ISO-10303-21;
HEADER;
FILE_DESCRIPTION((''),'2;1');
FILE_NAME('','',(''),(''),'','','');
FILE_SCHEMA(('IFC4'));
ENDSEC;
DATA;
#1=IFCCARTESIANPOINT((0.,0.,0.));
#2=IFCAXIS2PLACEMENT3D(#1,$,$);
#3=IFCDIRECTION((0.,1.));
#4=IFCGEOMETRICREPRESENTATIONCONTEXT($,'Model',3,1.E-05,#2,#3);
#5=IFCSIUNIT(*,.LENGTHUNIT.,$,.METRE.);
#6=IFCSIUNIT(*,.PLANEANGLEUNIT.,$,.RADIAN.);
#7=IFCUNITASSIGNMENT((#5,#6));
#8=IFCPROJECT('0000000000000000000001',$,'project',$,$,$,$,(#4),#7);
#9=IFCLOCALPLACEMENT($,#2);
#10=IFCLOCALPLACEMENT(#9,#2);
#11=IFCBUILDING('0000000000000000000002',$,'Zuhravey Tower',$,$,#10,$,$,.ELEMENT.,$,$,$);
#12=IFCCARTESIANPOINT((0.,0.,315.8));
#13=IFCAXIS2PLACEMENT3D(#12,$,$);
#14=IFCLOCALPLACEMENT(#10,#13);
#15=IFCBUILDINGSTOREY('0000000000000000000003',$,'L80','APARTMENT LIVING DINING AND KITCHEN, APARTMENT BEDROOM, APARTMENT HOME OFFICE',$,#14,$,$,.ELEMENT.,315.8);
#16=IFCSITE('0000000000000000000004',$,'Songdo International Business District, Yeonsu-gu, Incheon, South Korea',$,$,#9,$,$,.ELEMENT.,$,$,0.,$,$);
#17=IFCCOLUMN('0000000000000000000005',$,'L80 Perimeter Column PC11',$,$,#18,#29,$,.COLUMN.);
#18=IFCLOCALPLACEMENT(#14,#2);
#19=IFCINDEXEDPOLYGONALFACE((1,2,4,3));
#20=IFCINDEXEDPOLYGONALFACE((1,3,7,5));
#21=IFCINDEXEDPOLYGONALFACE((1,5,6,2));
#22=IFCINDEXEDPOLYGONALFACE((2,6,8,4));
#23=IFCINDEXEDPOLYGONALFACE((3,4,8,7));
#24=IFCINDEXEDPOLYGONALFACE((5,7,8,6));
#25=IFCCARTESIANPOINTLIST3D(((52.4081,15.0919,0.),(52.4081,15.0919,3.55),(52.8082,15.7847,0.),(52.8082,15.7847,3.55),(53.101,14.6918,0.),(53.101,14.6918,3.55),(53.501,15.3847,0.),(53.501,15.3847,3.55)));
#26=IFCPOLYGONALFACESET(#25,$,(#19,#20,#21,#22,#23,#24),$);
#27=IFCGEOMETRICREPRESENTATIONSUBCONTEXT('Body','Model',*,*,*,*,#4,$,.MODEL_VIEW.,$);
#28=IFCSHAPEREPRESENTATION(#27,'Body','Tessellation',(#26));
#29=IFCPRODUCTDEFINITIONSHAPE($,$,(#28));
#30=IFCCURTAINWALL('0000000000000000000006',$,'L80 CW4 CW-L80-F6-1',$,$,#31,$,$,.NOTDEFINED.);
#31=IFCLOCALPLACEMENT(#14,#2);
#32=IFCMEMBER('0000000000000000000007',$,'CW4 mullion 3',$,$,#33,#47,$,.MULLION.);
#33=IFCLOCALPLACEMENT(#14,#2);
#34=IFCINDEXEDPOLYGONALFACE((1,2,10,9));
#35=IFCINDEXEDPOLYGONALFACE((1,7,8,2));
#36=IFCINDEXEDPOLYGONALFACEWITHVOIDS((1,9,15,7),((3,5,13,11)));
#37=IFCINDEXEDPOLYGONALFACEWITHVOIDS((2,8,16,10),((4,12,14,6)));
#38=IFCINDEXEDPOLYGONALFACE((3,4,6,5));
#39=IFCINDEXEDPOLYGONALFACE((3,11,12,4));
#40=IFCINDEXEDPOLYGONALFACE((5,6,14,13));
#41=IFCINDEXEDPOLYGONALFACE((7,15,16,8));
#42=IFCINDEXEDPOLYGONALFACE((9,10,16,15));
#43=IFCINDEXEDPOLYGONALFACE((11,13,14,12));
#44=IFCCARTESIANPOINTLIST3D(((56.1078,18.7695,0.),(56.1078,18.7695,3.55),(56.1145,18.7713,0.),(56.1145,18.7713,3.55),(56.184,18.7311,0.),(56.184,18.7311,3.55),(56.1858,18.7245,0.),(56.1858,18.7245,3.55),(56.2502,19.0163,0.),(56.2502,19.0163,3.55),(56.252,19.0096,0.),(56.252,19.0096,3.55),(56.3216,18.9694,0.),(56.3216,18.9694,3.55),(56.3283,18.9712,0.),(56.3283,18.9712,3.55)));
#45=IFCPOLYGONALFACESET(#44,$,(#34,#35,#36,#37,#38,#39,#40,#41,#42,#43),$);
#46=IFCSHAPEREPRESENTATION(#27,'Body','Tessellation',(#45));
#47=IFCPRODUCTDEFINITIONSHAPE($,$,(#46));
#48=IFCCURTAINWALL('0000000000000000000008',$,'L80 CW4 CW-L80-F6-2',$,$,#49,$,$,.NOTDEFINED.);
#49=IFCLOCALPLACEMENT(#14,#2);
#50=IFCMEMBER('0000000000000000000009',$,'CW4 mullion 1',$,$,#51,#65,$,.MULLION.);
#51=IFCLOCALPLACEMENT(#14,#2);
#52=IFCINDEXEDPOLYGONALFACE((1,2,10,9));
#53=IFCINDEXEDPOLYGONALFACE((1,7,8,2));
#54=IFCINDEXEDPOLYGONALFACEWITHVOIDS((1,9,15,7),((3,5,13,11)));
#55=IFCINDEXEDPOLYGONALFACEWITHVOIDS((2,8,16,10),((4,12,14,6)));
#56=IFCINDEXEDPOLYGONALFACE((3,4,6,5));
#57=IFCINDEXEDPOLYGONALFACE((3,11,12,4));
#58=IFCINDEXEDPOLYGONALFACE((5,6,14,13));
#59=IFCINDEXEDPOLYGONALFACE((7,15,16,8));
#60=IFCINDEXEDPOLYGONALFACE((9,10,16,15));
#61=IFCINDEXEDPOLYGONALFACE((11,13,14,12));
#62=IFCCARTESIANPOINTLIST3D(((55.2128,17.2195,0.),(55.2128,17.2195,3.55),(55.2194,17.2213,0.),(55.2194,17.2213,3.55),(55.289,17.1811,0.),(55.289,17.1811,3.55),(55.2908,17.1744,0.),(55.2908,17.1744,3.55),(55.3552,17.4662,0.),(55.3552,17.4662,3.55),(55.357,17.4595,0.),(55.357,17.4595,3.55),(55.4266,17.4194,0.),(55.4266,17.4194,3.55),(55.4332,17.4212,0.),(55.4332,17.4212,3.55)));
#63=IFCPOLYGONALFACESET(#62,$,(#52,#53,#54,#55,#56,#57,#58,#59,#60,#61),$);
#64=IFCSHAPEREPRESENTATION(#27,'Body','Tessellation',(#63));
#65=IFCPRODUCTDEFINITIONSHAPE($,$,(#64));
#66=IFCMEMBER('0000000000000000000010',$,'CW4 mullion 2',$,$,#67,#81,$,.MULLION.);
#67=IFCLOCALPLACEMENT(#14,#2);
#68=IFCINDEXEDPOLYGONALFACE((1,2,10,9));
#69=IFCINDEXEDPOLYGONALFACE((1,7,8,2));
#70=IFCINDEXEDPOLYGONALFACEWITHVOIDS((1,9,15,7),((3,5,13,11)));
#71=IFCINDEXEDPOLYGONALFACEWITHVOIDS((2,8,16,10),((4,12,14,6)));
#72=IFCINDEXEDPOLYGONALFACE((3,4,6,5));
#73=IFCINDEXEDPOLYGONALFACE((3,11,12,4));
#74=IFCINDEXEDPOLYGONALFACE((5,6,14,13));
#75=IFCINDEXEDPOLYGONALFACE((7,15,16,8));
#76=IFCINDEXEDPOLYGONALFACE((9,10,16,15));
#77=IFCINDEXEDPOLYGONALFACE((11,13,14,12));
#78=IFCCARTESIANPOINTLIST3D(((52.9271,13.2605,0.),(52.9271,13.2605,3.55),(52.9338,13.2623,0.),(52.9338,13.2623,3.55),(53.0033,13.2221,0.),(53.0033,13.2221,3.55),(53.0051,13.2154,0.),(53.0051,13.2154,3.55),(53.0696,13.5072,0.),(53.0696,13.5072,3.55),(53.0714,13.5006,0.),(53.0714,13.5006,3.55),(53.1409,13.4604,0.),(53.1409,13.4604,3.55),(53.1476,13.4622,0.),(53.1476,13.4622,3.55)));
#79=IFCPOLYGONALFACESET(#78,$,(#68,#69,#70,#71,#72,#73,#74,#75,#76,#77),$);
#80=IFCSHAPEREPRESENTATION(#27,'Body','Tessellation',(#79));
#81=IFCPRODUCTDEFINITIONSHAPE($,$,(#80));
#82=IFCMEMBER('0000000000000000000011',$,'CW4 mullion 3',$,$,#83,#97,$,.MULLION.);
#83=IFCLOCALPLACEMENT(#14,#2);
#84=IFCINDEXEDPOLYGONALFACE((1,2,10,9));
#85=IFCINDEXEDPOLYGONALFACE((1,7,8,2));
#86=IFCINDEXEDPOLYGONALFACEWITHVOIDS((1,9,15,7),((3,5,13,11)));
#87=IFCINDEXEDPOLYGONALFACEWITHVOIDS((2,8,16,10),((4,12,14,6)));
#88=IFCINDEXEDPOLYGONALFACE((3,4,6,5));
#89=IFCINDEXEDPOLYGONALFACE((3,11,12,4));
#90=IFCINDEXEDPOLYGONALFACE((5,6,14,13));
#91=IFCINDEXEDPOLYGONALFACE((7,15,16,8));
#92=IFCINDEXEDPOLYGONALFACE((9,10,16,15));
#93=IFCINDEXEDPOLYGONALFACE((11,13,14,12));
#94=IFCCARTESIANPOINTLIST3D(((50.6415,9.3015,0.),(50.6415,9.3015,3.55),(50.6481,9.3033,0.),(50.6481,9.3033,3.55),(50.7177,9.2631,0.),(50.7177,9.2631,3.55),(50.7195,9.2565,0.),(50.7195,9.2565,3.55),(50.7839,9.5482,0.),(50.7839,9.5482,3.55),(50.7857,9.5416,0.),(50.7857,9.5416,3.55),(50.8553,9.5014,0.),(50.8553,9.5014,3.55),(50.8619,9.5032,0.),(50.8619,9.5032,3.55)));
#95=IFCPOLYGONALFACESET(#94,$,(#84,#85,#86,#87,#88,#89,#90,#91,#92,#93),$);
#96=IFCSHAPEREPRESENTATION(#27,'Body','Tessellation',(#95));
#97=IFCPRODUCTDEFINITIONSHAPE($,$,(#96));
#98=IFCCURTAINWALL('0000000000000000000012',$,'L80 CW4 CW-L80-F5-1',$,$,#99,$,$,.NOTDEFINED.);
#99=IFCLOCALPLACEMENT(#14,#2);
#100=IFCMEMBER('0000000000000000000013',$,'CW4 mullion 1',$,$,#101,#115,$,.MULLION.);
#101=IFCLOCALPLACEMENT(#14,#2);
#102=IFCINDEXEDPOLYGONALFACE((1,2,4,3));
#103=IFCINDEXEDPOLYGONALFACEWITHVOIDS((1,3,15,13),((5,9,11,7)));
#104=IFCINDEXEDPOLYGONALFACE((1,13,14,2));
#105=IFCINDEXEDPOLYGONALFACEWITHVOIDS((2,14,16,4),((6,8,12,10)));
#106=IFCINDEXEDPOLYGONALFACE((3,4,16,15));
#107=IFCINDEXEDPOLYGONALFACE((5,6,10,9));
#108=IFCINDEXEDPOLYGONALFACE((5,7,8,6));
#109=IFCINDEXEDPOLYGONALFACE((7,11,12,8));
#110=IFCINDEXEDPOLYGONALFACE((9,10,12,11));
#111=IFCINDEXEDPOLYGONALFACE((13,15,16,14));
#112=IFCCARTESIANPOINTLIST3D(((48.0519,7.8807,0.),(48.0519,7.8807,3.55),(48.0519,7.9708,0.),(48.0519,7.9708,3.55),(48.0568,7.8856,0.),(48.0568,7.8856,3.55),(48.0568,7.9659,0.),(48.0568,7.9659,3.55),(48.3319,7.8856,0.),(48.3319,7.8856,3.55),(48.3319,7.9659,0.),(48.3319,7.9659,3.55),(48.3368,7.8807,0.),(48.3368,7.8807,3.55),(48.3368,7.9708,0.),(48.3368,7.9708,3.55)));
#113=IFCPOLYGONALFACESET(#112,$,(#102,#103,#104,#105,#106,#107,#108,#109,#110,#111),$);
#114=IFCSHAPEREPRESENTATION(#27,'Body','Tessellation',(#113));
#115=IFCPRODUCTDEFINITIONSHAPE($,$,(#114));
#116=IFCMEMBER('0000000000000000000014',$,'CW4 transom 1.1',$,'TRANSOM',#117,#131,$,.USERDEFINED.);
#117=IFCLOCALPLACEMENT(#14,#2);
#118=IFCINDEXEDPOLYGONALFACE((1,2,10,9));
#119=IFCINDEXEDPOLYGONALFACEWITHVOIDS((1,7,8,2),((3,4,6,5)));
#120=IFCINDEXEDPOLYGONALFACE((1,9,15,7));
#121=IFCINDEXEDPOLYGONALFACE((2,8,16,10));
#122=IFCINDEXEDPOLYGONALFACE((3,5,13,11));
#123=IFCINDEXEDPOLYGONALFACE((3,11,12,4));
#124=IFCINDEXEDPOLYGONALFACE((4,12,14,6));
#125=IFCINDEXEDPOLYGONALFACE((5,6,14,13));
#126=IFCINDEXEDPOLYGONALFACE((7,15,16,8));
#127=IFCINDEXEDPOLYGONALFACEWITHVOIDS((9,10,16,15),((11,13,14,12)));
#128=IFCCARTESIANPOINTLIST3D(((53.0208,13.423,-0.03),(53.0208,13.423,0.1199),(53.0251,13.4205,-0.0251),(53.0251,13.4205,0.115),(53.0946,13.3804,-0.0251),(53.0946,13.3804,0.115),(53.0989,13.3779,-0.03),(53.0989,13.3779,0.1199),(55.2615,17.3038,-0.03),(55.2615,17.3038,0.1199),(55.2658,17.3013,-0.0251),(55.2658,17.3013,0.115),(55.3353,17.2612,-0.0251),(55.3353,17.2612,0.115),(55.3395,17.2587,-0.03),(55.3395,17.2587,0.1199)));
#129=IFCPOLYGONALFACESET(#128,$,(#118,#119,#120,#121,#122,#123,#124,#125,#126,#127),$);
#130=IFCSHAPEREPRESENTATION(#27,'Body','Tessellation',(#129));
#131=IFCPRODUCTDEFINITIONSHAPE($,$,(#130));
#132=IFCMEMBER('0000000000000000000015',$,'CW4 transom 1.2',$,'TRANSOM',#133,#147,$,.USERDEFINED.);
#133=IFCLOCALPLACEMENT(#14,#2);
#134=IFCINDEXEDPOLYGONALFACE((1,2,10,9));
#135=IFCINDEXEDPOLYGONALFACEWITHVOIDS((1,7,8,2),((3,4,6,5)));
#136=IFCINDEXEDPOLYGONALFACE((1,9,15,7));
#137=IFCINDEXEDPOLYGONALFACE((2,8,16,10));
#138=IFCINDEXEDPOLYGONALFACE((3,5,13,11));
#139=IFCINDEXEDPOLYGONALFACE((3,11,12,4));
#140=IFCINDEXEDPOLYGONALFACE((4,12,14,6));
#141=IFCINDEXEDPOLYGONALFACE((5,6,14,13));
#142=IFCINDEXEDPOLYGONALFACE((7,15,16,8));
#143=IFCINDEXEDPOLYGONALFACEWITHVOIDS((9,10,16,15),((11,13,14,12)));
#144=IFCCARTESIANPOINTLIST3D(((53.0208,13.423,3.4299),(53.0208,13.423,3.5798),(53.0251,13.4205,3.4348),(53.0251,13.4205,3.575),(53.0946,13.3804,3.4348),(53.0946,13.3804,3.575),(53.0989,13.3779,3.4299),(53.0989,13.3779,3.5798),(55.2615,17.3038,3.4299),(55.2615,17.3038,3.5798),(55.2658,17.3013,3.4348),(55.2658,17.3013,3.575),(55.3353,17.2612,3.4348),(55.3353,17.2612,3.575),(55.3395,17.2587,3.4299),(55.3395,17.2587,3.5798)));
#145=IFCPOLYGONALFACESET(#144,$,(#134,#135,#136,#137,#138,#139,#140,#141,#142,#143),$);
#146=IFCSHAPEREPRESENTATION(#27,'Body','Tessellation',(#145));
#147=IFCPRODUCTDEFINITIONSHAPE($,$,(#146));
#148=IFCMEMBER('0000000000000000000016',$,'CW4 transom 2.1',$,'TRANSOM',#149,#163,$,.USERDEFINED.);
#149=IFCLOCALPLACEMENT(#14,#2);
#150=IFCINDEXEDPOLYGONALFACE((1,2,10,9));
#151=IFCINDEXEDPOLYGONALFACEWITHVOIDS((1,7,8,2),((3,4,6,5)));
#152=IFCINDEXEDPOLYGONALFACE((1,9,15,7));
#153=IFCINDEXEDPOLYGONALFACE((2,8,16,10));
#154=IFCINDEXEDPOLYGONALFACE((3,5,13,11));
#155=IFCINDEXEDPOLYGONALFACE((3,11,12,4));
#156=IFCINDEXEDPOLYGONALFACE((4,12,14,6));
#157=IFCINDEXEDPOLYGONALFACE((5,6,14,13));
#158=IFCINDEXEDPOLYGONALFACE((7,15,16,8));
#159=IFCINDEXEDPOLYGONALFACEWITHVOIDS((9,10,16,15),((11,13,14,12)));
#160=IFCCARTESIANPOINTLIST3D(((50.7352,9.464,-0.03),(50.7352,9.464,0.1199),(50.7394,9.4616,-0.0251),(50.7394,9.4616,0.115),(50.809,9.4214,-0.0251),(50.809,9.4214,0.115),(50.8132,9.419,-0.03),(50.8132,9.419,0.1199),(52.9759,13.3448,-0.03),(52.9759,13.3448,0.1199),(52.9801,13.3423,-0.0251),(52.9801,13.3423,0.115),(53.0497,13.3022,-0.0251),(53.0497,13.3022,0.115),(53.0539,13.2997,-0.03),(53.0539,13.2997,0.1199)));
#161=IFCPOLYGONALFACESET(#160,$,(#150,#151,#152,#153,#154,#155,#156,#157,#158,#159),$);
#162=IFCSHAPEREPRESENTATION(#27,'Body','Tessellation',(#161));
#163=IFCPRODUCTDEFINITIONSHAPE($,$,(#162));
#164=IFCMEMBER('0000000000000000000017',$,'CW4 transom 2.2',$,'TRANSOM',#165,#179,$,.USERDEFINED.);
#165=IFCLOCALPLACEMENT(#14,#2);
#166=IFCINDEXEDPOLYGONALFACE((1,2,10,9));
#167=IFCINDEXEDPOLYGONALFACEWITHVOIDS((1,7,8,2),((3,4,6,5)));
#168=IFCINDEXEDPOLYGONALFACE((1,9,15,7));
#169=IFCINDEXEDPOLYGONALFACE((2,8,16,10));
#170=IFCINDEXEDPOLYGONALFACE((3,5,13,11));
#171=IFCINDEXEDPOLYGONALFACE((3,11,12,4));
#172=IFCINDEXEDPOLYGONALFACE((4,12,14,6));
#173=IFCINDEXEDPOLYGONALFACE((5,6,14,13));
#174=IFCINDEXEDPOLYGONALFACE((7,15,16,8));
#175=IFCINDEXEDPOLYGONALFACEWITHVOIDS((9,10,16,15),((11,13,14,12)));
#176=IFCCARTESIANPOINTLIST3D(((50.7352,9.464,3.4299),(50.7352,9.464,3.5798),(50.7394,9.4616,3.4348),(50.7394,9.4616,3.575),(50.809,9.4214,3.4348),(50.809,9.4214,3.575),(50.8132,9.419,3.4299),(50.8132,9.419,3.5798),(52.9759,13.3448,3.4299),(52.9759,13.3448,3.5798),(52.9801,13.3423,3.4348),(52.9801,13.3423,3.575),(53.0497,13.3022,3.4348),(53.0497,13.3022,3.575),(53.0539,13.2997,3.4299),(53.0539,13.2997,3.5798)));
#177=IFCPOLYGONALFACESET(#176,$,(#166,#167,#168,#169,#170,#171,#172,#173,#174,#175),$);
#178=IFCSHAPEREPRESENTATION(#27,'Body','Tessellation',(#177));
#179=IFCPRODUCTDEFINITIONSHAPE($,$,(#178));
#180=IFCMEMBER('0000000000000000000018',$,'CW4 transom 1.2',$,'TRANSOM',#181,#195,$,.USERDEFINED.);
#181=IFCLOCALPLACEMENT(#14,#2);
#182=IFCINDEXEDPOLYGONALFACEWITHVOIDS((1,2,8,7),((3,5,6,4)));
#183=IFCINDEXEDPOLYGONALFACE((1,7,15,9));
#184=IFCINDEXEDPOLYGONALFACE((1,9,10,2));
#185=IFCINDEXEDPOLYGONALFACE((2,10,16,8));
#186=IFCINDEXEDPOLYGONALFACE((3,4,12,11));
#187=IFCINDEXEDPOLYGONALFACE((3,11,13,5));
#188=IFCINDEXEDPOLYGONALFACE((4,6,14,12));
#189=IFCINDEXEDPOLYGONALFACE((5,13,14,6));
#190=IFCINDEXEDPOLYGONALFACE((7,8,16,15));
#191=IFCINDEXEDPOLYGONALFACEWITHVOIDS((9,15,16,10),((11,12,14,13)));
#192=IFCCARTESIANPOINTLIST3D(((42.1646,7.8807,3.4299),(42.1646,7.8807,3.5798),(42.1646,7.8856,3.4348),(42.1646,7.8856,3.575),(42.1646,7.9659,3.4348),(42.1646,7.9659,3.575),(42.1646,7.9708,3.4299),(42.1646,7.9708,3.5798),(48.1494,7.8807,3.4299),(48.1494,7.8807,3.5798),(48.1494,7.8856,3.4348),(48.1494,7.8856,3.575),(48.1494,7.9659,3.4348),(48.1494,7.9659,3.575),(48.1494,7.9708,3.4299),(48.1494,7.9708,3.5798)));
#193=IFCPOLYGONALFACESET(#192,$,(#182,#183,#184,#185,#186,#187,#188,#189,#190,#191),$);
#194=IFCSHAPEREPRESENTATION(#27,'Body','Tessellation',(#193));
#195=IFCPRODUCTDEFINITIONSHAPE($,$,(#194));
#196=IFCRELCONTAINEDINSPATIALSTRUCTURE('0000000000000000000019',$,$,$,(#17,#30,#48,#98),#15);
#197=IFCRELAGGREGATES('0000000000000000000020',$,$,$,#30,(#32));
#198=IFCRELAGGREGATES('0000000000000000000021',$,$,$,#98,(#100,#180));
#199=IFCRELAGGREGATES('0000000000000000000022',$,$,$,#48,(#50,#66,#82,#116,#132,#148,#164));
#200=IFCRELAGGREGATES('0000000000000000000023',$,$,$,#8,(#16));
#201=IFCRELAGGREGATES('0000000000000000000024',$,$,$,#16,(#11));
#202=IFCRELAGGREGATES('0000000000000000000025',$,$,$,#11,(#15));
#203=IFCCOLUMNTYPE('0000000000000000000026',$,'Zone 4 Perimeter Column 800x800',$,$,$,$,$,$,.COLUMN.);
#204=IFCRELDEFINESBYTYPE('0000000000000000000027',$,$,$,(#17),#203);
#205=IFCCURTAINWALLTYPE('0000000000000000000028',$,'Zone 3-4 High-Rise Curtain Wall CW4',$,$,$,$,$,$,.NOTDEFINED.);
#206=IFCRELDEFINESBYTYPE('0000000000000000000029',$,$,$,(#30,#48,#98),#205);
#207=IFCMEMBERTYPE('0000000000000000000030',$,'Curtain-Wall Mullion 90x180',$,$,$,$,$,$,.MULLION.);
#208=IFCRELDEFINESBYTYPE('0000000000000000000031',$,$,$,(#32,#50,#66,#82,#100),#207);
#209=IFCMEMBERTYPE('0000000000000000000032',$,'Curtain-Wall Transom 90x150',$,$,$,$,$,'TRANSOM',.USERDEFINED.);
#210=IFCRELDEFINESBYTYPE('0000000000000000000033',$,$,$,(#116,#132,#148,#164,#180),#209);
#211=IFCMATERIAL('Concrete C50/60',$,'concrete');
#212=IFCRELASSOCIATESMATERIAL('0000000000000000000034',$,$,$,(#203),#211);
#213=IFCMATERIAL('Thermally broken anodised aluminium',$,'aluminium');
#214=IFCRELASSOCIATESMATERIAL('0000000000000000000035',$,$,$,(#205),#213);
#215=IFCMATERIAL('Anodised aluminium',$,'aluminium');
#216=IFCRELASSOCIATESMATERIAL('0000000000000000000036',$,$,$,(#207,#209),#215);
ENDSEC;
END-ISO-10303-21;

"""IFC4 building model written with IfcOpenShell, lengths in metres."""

from ifc_helpers import new_model, si_unit, direction, frame, origin, origin_2d, place, context, subcontext, project, spatial, rectangle, hollow_rectangle, extrude, material, material_profile, profile_set, type_object, element, aggregate, save


model = new_model("IFC4")

# Units and contexts
model_context = context("Model", 3, precision=1e-05, world=origin(), true_north=direction((0.0, 1.0)))
body_context = subcontext(model_context, "Body", "Model", "MODEL_VIEW")
ifc_project = project(units=[si_unit("LENGTHUNIT", "METRE"), si_unit("PLANEANGLEUNIT", "RADIAN")], contexts=[model_context])

# Site, building, storey
site_placement = place(None, origin())
site = spatial("IfcSite", under=ifc_project, at=site_placement, Name="Songdo International Business District, Yeonsu-gu, Incheon, South Korea", CompositionType="ELEMENT", RefElevation=0.0)
building_placement = place(site_placement, origin())
building = spatial("IfcBuilding", under=site, at=building_placement, Name="Zuhravey Tower", CompositionType="ELEMENT")
storey_placement = place(building_placement, frame((0.0, 0.0, 315.8)))
storey = spatial("IfcBuildingStorey", under=building, at=storey_placement, Name="L80", Description="APARTMENT LIVING DINING AND KITCHEN, APARTMENT BEDROOM, APARTMENT HOME OFFICE", CompositionType="ELEMENT", Elevation=315.8)

# Column
ifc_material_1 = material(Name="Concrete C50/60", Category="concrete")
ifc_material_profile_1 = material_profile(ifc_material_1, rectangle(XDim=0.8, YDim=0.8, at=origin_2d()), Name="RC-800x800")
ifc_profile_set_1 = profile_set([ifc_material_profile_1], Name="Concrete C50/60")
column_type = type_object("IfcColumnType", Name="Zone 4 Perimeter Column 800x800", PredefinedType="COLUMN", material=ifc_profile_set_1)
column_placement = place(storey_placement, frame((52.9546, 15.2383, 0.0), z_axis=(0.0, 0.0, 1.0), x_axis=(0.5, 0.866025, 0.0)))
element("IfcColumn", 1, at=column_placement, inside=storey, type_object=column_type, Name="L80 Perimeter Column PC11", PredefinedType="COLUMN", context=body_context, shape_type="SweptSolid", body=[
    extrude(rectangle(XDim=0.8, YDim=0.8, at=origin_2d()), origin(), (0.0, 0.0, 1.0), 3.55),
])

# Curtain wall, member
ifc_material_2 = material(Name="Thermally broken anodised aluminium", Category="aluminium")
curtain_wall_type = type_object("IfcCurtainWallType", Name="Zone 3-4 High-Rise Curtain Wall CW4", PredefinedType="NOTDEFINED", material=ifc_material_2)
curtain_wall_1_placement = place(storey_placement, origin())
curtain_wall_1 = element("IfcCurtainWall", 2, at=curtain_wall_1_placement, inside=storey, type_object=curtain_wall_type, Name="L80 CW4 CW-L80-F6-1", PredefinedType="NOTDEFINED")
ifc_material_3 = material(Name="Anodised aluminium", Category="aluminium")
ifc_material_profile_2 = material_profile(ifc_material_3, hollow_rectangle(XDim=0.0901, YDim=0.2849, WallThickness=0.0049, at=origin_2d()), Name="ALU-RHS-90x285x5")
ifc_profile_set_2 = profile_set([ifc_material_profile_2], Name="Anodised aluminium")
member_type_1 = type_object("IfcMemberType", Name="Curtain-Wall Mullion 90x180", PredefinedType="MULLION", material=ifc_profile_set_2)
member_1_placement = place(storey_placement, frame((56.218, 18.8704, 0.0), z_axis=(0.0, 0.0, 1.0), x_axis=(0.866027, -0.499997, 0.0)))
member_1 = element("IfcMember", 3, at=member_1_placement, type_object=member_type_1, Name="CW4 mullion 3", PredefinedType="MULLION", context=body_context, shape_type="SweptSolid", body=[
    extrude(hollow_rectangle(XDim=0.0901, YDim=0.2849, WallThickness=0.0049, at=origin_2d()), origin(), (0.0, 0.0, 1.0), 3.55),
])
aggregate(curtain_wall_1, [member_1])

# Curtain wall, members
curtain_wall_2_placement = place(storey_placement, origin())
curtain_wall_2 = element("IfcCurtainWall", 4, at=curtain_wall_2_placement, inside=storey, type_object=curtain_wall_type, Name="L80 CW4 CW-L80-F6-2", PredefinedType="NOTDEFINED")
member_2_placement = place(storey_placement, frame((55.323, 17.3203, 0.0), z_axis=(0.0, 0.0, 1.0), x_axis=(0.866024, -0.500002, 0.0)))
member_2 = element("IfcMember", 5, at=member_2_placement, type_object=member_type_1, Name="CW4 mullion 1", PredefinedType="MULLION", context=body_context, shape_type="SweptSolid", body=[
    extrude(hollow_rectangle(XDim=0.0901, YDim=0.2849, WallThickness=0.0049, at=origin_2d()), origin(), (0.0, 0.0, 1.0), 3.55),
])
member_3_placement = place(storey_placement, frame((53.0374, 13.3613, 0.0), z_axis=(0.0, 0.0, 1.0), x_axis=(0.866024, -0.500002, 0.0)))
member_3 = element("IfcMember", 6, at=member_3_placement, type_object=member_type_1, Name="CW4 mullion 2", PredefinedType="MULLION", context=body_context, shape_type="SweptSolid", body=[
    extrude(hollow_rectangle(XDim=0.0901, YDim=0.2849, WallThickness=0.0049, at=origin_2d()), origin(), (0.0, 0.0, 1.0), 3.55),
])
member_4_placement = place(storey_placement, frame((50.7517, 9.4023, 0.0), z_axis=(0.0, 0.0, 1.0), x_axis=(0.866024, -0.500002, 0.0)))
member_4 = element("IfcMember", 7, at=member_4_placement, type_object=member_type_1, Name="CW4 mullion 3", PredefinedType="MULLION", context=body_context, shape_type="SweptSolid", body=[
    extrude(hollow_rectangle(XDim=0.0901, YDim=0.2849, WallThickness=0.0049, at=origin_2d()), origin(), (0.0, 0.0, 1.0), 3.55),
])

# Curtain wall, member
curtain_wall_3_placement = place(storey_placement, origin())
curtain_wall_3 = element("IfcCurtainWall", 8, at=curtain_wall_3_placement, inside=storey, type_object=curtain_wall_type, Name="L80 CW4 CW-L80-F5-1", PredefinedType="NOTDEFINED")
member_5_placement = place(storey_placement, frame((48.1943, 7.9258, 0.0), z_axis=(0.0, 0.0, 1.0), x_axis=(0.0, -1.0, 0.0)))
member_5 = element("IfcMember", 9, at=member_5_placement, type_object=member_type_1, Name="CW4 mullion 1", PredefinedType="MULLION", context=body_context, shape_type="SweptSolid", body=[
    extrude(hollow_rectangle(XDim=0.0901, YDim=0.2849, WallThickness=0.0049, at=origin_2d()), origin(), (0.0, 0.0, 1.0), 3.55),
])

# Members
ifc_material_profile_3 = material_profile(ifc_material_3, hollow_rectangle(XDim=0.0901, YDim=0.1499, WallThickness=0.0049, at=origin_2d()), Name="ALU-RHS-90x150x5")
ifc_profile_set_3 = profile_set([ifc_material_profile_3], Name="Anodised aluminium")
member_type_2 = type_object("IfcMemberType", Name="Curtain-Wall Transom 90x150", ElementType="TRANSOM", PredefinedType="USERDEFINED", material=ifc_profile_set_3)
member_6_placement = place(storey_placement, frame((55.3005, 17.2812, 0.0449), z_axis=(-0.500018, -0.866015, 0.0), x_axis=(0.866015, -0.500018, 0.0)))
member_6 = element("IfcMember", 10, at=member_6_placement, type_object=member_type_2, Name="CW4 transom 1.1", ObjectType="TRANSOM", PredefinedType="USERDEFINED", context=body_context, shape_type="SweptSolid", body=[
    extrude(hollow_rectangle(XDim=0.0901, YDim=0.1499, WallThickness=0.0049, at=origin_2d()), origin(), (0.0, 0.0, 1.0), 4.4812),
])
member_7_placement = place(storey_placement, frame((55.3005, 17.2812, 3.5049), z_axis=(-0.500018, -0.866015, 0.0), x_axis=(0.866015, -0.500018, 0.0)))
member_7 = element("IfcMember", 11, at=member_7_placement, type_object=member_type_2, Name="CW4 transom 1.2", ObjectType="TRANSOM", PredefinedType="USERDEFINED", context=body_context, shape_type="SweptSolid", body=[
    extrude(hollow_rectangle(XDim=0.0901, YDim=0.1499, WallThickness=0.0049, at=origin_2d()), origin(), (0.0, 0.0, 1.0), 4.4812),
])
member_8_placement = place(storey_placement, frame((53.0149, 13.3223, 0.0449), z_axis=(-0.500018, -0.866015, 0.0), x_axis=(0.866015, -0.500018, 0.0)))
member_8 = element("IfcMember", 12, at=member_8_placement, type_object=member_type_2, Name="CW4 transom 2.1", ObjectType="TRANSOM", PredefinedType="USERDEFINED", context=body_context, shape_type="SweptSolid", body=[
    extrude(hollow_rectangle(XDim=0.0901, YDim=0.1499, WallThickness=0.0049, at=origin_2d()), origin(), (0.0, 0.0, 1.0), 4.4812),
])
member_9_placement = place(storey_placement, frame((53.0149, 13.3223, 3.5049), z_axis=(-0.500018, -0.866015, 0.0), x_axis=(0.866015, -0.500018, 0.0)))
member_9 = element("IfcMember", 13, at=member_9_placement, type_object=member_type_2, Name="CW4 transom 2.2", ObjectType="TRANSOM", PredefinedType="USERDEFINED", context=body_context, shape_type="SweptSolid", body=[
    extrude(hollow_rectangle(XDim=0.0901, YDim=0.1499, WallThickness=0.0049, at=origin_2d()), origin(), (0.0, 0.0, 1.0), 4.4812),
])
member_10_placement = place(storey_placement, frame((48.1494, 7.9258, 3.5049), z_axis=(-1.0, 0.0, 0.0), x_axis=(0.0, -1.0, 0.0)))
member_10 = element("IfcMember", 14, at=member_10_placement, type_object=member_type_2, Name="CW4 transom 1.2", ObjectType="TRANSOM", PredefinedType="USERDEFINED", context=body_context, shape_type="SweptSolid", body=[
    extrude(hollow_rectangle(XDim=0.0901, YDim=0.1499, WallThickness=0.0049, at=origin_2d()), origin(), (0.0, 0.0, 1.0), 5.9849),
])
aggregate(curtain_wall_3, [member_5, member_10])

aggregate(curtain_wall_2, [member_2, member_3, member_4, member_6, member_7, member_8, member_9])

save(model, "model.ifc")
